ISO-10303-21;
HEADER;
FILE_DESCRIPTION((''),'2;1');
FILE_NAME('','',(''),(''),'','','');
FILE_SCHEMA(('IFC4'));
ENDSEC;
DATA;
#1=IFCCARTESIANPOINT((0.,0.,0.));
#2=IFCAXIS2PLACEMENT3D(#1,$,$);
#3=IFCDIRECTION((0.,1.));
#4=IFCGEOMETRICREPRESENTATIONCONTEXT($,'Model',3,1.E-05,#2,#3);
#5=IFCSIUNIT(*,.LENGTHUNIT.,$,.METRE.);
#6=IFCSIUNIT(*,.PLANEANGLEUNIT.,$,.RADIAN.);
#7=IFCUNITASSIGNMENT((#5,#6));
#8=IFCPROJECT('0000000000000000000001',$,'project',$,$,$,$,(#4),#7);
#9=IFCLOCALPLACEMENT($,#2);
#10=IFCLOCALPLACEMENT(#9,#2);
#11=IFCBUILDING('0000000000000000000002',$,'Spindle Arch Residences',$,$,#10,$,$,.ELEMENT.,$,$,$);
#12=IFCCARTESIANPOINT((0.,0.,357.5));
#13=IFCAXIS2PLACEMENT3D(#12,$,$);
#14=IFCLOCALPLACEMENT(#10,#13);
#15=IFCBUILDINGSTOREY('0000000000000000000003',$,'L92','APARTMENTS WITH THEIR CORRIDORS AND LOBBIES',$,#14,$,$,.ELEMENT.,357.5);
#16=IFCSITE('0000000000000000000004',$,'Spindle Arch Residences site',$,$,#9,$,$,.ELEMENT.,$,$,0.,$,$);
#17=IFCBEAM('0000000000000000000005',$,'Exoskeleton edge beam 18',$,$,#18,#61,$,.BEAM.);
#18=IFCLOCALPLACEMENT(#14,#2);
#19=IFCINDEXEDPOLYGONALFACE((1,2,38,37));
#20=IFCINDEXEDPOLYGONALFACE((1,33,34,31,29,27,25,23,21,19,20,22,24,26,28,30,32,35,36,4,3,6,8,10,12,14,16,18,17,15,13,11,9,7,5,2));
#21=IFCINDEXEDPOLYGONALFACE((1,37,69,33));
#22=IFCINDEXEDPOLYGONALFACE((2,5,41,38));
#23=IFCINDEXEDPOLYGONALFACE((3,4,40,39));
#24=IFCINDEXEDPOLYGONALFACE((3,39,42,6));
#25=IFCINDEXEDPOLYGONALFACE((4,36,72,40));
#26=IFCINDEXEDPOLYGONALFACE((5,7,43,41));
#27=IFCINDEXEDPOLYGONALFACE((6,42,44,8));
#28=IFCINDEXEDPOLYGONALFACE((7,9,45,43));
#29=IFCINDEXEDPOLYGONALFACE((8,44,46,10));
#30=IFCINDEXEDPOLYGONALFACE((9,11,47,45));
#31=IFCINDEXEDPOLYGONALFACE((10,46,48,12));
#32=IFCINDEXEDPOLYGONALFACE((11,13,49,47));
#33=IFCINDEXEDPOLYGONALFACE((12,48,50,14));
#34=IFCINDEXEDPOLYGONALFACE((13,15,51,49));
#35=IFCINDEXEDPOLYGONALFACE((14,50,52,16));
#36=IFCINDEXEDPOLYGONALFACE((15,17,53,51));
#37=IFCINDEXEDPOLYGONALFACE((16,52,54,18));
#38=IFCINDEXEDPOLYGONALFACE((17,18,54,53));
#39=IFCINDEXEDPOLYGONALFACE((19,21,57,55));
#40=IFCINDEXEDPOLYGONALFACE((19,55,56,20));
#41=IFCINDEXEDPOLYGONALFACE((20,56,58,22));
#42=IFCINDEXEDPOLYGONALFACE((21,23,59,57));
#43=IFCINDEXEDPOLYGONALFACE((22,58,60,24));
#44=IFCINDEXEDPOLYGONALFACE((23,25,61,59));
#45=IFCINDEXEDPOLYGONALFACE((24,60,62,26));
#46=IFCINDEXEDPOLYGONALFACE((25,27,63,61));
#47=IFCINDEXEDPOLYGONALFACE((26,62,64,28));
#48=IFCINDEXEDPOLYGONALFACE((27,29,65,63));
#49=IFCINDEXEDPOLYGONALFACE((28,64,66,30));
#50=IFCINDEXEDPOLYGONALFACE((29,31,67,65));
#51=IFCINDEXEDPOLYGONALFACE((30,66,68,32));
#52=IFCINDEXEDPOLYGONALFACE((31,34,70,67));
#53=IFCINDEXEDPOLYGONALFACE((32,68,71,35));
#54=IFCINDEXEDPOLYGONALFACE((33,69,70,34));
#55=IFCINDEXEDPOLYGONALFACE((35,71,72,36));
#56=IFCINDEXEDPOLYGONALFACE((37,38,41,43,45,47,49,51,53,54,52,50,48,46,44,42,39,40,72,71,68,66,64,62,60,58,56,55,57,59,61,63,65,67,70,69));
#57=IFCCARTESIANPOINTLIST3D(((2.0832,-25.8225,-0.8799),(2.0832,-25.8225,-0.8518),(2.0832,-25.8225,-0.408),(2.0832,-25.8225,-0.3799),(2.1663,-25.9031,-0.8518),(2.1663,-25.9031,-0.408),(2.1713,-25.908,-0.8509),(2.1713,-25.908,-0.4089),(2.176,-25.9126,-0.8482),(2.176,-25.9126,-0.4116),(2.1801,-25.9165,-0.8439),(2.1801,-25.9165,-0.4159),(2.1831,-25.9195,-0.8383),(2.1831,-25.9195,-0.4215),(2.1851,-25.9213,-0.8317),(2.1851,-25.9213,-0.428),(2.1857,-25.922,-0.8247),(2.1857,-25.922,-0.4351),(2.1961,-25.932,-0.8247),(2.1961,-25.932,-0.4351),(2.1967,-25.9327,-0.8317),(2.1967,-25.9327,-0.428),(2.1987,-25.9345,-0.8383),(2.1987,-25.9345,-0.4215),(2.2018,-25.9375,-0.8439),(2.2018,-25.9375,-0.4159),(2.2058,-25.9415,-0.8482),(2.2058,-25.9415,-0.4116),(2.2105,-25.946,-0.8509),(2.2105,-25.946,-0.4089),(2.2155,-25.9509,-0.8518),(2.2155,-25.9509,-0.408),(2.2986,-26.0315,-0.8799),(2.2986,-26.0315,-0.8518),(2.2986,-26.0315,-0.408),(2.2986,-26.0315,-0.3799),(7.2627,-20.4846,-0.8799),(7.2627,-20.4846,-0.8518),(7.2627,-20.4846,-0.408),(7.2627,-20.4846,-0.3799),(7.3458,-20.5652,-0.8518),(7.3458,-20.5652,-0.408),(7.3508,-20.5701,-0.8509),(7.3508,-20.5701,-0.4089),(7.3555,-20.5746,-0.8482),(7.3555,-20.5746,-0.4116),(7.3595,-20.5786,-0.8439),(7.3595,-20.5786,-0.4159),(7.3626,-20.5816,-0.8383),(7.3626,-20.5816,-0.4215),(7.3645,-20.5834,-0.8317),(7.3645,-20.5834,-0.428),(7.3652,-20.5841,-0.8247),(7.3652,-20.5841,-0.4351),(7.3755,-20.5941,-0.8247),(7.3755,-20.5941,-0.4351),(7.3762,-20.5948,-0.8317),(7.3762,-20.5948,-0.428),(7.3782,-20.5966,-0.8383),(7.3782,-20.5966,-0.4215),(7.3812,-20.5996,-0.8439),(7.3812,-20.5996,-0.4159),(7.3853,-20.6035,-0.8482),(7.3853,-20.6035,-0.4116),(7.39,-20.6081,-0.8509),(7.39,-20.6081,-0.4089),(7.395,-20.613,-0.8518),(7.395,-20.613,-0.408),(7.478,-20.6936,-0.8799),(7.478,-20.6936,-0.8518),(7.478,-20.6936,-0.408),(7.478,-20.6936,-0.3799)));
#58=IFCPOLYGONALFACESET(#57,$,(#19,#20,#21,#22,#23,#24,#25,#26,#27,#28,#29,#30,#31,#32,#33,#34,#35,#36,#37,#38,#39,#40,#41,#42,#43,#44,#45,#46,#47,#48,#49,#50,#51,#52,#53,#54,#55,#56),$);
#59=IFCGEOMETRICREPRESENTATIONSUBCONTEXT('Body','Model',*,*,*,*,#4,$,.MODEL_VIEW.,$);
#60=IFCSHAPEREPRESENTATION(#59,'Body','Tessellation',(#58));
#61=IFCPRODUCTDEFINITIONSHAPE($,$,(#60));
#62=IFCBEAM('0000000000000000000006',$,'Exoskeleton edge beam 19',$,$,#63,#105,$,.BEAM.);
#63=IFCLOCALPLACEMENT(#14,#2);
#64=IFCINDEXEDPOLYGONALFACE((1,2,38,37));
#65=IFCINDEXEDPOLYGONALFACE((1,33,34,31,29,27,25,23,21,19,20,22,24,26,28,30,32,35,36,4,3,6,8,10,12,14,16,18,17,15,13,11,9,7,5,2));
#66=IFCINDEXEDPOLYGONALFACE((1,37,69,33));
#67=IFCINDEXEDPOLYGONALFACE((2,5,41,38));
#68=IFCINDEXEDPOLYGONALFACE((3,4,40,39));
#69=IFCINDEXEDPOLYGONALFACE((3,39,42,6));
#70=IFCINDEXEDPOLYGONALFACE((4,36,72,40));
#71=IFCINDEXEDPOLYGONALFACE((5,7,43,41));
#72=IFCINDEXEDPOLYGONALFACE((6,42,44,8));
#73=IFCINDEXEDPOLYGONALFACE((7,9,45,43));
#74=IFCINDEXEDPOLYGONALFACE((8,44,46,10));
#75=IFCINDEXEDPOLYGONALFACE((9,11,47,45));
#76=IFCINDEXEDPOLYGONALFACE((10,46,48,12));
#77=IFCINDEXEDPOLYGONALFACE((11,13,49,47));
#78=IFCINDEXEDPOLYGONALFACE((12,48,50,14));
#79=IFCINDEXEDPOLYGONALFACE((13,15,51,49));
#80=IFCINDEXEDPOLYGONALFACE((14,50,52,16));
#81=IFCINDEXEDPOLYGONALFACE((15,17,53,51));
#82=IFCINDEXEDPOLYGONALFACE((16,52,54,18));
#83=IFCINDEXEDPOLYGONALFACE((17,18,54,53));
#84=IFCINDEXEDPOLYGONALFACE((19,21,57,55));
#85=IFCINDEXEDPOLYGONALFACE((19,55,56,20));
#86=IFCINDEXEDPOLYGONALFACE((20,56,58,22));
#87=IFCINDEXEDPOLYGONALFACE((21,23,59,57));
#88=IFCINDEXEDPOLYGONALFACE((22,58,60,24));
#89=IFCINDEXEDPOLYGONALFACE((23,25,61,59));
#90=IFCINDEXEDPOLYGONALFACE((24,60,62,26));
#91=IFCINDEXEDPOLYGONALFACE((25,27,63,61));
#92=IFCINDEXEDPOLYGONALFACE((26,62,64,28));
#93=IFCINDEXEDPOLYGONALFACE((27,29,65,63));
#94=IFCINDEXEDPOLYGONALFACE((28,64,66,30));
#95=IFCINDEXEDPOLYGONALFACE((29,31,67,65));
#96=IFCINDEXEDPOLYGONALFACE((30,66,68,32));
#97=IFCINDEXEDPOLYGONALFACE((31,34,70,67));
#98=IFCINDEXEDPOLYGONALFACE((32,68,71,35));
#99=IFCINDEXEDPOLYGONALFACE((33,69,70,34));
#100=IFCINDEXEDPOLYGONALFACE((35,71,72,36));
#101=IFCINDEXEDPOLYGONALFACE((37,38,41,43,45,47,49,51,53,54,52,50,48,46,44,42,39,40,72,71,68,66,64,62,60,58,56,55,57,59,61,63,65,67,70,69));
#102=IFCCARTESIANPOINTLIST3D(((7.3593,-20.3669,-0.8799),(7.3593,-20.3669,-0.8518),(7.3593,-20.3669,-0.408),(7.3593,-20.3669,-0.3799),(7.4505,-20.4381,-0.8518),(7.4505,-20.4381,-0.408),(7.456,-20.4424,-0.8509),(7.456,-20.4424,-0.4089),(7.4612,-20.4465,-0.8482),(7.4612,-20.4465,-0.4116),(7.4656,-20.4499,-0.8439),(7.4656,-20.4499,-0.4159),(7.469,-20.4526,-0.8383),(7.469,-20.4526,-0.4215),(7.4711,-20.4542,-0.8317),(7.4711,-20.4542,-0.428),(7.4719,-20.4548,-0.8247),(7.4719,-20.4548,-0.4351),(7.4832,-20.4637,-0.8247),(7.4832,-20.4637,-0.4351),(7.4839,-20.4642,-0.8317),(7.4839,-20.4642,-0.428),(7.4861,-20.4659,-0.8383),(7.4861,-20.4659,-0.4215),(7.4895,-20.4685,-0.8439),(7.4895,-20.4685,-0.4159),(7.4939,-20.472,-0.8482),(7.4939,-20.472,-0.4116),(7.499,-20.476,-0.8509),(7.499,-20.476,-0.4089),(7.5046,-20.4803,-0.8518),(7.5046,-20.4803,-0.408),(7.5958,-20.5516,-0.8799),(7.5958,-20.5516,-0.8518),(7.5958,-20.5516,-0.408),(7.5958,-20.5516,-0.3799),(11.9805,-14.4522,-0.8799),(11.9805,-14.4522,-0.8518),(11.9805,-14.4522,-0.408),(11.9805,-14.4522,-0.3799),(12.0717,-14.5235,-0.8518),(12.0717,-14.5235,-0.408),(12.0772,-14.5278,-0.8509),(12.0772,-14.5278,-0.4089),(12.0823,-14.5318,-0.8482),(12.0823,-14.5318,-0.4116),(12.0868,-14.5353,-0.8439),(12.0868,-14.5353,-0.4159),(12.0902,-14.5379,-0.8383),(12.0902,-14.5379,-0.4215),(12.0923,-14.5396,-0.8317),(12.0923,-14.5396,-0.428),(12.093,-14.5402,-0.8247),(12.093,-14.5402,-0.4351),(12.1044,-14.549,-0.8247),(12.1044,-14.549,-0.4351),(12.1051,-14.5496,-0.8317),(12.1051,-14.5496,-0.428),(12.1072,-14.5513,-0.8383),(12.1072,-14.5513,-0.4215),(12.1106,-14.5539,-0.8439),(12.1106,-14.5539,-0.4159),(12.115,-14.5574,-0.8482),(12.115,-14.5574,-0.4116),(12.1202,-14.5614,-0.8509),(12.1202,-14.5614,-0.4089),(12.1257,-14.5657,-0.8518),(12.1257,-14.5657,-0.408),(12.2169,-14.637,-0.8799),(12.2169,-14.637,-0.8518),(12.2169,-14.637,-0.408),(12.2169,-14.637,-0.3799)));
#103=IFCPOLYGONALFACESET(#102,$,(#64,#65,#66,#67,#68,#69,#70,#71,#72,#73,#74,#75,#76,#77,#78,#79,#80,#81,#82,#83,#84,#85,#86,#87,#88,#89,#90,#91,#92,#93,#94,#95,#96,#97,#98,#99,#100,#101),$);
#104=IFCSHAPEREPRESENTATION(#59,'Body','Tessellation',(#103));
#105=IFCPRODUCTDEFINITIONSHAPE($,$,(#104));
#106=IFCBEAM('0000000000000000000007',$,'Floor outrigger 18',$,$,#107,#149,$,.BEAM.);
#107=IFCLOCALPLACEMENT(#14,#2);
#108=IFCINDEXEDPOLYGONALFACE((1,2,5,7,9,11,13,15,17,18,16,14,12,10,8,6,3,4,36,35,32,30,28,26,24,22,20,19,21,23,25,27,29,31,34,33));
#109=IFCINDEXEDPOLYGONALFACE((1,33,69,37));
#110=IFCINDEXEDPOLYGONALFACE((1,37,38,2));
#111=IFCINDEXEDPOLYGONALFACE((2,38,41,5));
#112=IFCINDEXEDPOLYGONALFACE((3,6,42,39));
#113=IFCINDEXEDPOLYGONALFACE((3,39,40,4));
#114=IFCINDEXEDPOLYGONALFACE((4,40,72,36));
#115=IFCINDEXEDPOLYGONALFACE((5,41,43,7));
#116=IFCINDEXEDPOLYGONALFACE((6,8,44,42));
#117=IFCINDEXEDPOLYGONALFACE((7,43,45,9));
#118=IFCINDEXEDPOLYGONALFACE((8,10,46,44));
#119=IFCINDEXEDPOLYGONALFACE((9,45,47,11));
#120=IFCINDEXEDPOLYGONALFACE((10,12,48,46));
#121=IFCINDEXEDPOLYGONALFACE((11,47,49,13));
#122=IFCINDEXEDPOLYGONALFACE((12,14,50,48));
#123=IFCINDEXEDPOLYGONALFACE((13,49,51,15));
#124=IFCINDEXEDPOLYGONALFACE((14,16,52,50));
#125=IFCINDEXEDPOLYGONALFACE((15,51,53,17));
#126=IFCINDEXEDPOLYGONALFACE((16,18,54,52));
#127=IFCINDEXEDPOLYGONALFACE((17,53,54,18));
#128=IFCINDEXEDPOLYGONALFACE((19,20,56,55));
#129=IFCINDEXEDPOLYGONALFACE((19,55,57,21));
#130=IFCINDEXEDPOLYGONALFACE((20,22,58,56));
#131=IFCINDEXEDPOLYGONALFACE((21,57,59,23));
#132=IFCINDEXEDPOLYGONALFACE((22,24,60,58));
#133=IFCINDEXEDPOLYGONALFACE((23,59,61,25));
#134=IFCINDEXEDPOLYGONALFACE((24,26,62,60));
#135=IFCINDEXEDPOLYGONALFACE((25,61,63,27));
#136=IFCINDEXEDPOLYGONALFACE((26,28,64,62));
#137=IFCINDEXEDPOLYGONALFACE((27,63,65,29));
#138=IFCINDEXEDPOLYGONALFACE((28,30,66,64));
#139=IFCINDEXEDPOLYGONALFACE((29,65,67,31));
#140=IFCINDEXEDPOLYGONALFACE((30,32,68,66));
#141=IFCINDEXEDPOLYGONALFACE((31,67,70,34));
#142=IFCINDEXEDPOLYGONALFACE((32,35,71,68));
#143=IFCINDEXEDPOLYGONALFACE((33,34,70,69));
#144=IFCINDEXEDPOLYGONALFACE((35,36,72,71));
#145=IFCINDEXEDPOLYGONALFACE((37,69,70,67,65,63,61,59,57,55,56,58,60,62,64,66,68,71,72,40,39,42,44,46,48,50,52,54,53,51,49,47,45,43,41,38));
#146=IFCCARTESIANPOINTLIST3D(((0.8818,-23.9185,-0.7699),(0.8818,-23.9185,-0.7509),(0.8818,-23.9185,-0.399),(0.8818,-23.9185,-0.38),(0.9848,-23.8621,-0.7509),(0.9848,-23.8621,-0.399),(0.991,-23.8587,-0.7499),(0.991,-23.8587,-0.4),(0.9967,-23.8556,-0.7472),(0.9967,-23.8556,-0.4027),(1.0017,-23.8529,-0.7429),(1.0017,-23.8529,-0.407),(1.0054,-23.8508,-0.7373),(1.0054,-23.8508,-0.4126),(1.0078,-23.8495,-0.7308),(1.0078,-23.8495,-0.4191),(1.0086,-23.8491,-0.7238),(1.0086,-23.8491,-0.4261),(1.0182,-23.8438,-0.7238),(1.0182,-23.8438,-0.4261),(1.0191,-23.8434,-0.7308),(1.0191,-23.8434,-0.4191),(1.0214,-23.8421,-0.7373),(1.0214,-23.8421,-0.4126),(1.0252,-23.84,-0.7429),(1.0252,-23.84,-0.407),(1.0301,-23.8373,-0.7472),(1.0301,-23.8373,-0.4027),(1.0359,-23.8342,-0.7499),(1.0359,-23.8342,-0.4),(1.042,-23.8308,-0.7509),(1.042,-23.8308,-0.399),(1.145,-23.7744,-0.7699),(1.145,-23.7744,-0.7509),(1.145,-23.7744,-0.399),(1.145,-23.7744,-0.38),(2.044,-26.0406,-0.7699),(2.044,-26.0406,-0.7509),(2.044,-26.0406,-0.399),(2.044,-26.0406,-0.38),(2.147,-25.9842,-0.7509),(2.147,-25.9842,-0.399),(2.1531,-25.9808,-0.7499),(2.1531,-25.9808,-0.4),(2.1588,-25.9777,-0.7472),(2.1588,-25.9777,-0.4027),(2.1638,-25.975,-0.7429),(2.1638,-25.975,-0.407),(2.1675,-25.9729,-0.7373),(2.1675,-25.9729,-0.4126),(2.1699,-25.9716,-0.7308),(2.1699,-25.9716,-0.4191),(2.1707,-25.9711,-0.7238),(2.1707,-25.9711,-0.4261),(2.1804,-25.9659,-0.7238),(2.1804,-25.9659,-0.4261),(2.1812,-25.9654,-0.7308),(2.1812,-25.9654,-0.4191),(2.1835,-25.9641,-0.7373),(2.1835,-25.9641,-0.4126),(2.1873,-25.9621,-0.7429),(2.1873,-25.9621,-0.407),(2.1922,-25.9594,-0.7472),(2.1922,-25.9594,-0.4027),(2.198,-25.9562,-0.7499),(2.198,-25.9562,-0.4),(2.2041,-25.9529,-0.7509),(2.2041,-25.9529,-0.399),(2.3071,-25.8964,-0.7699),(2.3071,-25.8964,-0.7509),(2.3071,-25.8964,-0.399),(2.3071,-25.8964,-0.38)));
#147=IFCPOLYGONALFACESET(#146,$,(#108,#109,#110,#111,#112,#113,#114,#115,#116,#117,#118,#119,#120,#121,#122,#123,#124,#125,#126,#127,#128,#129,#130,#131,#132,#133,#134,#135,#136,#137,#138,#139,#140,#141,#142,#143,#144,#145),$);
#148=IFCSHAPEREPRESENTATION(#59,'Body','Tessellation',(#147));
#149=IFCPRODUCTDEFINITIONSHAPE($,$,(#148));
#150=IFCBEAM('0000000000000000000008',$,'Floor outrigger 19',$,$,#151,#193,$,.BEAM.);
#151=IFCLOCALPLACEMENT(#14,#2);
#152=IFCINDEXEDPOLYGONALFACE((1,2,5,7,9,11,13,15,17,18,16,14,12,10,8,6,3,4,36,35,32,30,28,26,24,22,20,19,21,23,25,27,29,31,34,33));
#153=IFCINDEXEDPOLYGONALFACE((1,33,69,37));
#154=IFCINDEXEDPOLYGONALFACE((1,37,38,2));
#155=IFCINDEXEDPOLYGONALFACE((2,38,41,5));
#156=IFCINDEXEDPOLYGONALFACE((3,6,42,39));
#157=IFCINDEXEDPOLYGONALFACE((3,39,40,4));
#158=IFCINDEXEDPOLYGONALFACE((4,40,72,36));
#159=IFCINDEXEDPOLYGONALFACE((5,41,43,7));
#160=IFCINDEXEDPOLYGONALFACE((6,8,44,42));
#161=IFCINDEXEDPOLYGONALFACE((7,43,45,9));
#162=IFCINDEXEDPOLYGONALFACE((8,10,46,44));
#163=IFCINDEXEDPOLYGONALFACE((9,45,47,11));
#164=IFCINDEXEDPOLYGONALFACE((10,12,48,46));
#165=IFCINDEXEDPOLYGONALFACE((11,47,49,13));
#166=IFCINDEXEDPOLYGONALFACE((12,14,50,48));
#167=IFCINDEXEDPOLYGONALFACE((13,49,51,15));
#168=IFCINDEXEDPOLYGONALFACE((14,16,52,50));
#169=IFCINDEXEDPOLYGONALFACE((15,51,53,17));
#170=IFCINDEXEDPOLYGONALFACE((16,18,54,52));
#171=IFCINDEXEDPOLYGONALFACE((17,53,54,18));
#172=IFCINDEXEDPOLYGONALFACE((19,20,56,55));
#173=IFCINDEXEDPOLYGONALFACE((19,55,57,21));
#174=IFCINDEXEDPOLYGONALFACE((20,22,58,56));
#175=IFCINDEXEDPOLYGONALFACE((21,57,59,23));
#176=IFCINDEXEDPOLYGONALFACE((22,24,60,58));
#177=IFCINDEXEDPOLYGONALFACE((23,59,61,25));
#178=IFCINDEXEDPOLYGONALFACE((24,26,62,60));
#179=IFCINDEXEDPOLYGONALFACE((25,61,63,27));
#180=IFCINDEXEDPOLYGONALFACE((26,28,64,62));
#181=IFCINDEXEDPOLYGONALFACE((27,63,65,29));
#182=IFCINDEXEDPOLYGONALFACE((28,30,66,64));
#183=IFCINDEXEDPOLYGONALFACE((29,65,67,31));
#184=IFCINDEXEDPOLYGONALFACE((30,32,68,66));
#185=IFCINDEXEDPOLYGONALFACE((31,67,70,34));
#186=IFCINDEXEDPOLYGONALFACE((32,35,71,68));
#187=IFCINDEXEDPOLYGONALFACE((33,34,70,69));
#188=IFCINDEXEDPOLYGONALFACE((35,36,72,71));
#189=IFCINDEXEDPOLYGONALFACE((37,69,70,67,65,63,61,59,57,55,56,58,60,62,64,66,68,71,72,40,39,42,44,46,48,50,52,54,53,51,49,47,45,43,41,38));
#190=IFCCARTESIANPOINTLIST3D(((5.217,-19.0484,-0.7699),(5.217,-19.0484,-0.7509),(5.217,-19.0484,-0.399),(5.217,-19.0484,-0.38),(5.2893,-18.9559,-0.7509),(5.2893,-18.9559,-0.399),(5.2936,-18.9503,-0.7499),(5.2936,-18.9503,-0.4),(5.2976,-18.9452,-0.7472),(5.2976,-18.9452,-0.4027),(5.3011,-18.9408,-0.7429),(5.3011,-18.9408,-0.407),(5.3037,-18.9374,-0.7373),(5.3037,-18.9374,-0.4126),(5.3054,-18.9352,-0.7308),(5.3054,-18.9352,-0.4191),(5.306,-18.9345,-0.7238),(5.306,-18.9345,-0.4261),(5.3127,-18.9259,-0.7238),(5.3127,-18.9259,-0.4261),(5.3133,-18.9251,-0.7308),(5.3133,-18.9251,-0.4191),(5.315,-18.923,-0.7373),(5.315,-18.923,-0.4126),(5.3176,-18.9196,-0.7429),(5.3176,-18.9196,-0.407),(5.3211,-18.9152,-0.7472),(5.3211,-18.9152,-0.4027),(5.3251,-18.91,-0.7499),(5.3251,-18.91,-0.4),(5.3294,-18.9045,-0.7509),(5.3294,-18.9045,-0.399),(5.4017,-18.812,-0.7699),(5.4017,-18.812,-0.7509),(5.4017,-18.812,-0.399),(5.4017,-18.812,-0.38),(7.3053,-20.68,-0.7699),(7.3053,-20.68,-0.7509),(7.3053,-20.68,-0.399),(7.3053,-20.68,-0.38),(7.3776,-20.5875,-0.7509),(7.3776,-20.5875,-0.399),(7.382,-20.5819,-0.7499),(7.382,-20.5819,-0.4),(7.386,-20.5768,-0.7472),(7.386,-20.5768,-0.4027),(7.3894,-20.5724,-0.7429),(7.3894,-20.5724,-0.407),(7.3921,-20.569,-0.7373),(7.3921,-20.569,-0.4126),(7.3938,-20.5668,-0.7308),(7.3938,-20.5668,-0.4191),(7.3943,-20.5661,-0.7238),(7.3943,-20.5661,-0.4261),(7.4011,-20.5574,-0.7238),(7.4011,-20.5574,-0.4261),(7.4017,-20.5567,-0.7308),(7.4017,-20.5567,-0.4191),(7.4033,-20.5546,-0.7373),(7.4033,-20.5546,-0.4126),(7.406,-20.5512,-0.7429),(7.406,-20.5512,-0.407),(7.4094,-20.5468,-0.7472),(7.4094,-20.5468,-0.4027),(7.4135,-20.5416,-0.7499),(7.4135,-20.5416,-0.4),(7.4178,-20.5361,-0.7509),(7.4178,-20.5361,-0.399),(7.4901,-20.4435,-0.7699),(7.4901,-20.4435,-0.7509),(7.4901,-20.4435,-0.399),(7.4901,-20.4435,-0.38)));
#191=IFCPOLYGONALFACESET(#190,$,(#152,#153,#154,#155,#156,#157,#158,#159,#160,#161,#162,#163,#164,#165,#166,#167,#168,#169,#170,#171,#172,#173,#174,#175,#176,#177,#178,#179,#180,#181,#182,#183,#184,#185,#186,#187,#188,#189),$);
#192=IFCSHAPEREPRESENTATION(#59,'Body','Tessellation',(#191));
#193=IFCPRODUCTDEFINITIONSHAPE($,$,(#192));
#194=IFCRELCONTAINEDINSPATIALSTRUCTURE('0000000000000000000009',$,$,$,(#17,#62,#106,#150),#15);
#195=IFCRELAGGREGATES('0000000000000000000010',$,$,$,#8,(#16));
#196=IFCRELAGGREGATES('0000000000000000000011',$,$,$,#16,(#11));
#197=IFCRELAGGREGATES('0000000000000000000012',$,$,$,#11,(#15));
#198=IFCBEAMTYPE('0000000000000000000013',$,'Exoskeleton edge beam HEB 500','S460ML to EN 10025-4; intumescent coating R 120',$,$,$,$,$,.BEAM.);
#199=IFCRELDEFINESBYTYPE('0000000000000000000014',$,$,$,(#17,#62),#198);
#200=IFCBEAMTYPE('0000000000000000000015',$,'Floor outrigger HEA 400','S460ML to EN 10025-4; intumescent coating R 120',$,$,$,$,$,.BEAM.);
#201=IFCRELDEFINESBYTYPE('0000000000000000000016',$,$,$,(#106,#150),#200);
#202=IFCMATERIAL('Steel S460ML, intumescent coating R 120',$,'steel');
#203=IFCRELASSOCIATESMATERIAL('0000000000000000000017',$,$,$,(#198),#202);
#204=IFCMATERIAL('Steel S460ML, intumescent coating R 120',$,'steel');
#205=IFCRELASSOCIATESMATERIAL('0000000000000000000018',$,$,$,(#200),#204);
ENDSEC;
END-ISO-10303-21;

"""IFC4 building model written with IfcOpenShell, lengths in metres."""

from ifc_helpers import new_model, si_unit, direction, frame, origin, origin_2d, place, context, subcontext, project, spatial, i_section, extrude, material, material_profile, profile_set, type_object, element, save


model = new_model("IFC4")

# Units and contexts
model_context = context("Model", 3, precision=1e-05, world=origin(), true_north=direction((0.0, 1.0)))
body_context = subcontext(model_context, "Body", "Model", "MODEL_VIEW")
ifc_project = project(units=[si_unit("LENGTHUNIT", "METRE"), si_unit("PLANEANGLEUNIT", "RADIAN")], contexts=[model_context])

# Site, building, storey
site_placement = place(None, origin())
site = spatial("IfcSite", under=ifc_project, at=site_placement, Name="Spindle Arch Residences site", CompositionType="ELEMENT", RefElevation=0.0)
building_placement = place(site_placement, origin())
building = spatial("IfcBuilding", under=site, at=building_placement, Name="Spindle Arch Residences", CompositionType="ELEMENT")
storey_placement = place(building_placement, frame((0.0, 0.0, 357.5)))
storey = spatial("IfcBuildingStorey", under=building, at=storey_placement, Name="L92", Description="APARTMENTS WITH THEIR CORRIDORS AND LOBBIES", CompositionType="ELEMENT", Elevation=357.5)

# Beams
ifc_material_1 = material(Name="Steel S460ML, intumescent coating R 120", Category="steel")
ifc_material_profile_1 = material_profile(ifc_material_1, i_section(OverallWidth=0.3, OverallDepth=0.5, WebThickness=0.0144, FlangeThickness=0.0281, FilletRadius=0.0271, at=origin_2d()), Name="HEB 500")
ifc_profile_set_1 = profile_set([ifc_material_profile_1], Name="Steel S460ML, intumescent coating R 120")
beam_type_1 = type_object("IfcBeamType", Name="Exoskeleton edge beam HEB 500", Description="S460ML to EN 10025-4; intumescent coating R 120", PredefinedType="BEAM", material=ifc_profile_set_1)
beam_1_placement = place(storey_placement, frame((2.1909, -25.927, -0.6299), z_axis=(0.696375, 0.717678, 0.0), x_axis=(-0.717678, 0.696375, 0.0)))
element("IfcBeam", 1, at=beam_1_placement, inside=storey, type_object=beam_type_1, Name="Exoskeleton edge beam 18", PredefinedType="BEAM", context=body_context, shape_type="SweptSolid", body=[
    extrude(i_section(OverallWidth=0.3, OverallDepth=0.5, WebThickness=0.0144, FlangeThickness=0.0281, FilletRadius=0.0271, at=origin_2d()), origin(), (0.0, 0.0, 1.0), 7.4377),
])
beam_2_placement = place(storey_placement, frame((7.4775, -20.4592, -0.6299), z_axis=(0.615673, 0.788002, 0.0), x_axis=(-0.788002, 0.615673, 0.0)))
element("IfcBeam", 2, at=beam_2_placement, inside=storey, type_object=beam_type_1, Name="Exoskeleton edge beam 19", PredefinedType="BEAM", context=body_context, shape_type="SweptSolid", body=[
    extrude(i_section(OverallWidth=0.3, OverallDepth=0.5, WebThickness=0.0144, FlangeThickness=0.0281, FilletRadius=0.0271, at=origin_2d()), origin(), (0.0, 0.0, 1.0), 7.5059),
])
ifc_material_2 = material(Name="Steel S460ML, intumescent coating R 120", Category="steel")
ifc_material_profile_2 = material_profile(ifc_material_2, i_section(OverallWidth=0.3, OverallDepth=0.3899, WebThickness=0.011, FlangeThickness=0.019, FilletRadius=0.0271, at=origin_2d()), Name="HEA 400")
ifc_profile_set_2 = profile_set([ifc_material_profile_2], Name="Steel S460ML, intumescent coating R 120")
beam_type_2 = type_object("IfcBeamType", Name="Floor outrigger HEA 400", Description="S460ML to EN 10025-4; intumescent coating R 120", PredefinedType="BEAM", material=ifc_profile_set_2)
beam_3_placement = place(storey_placement, frame((2.1755, -25.9685, -0.575), z_axis=(-0.480322, 0.877092, 0.0), x_axis=(-0.877092, -0.480322, 0.0)))
element("IfcBeam", 3, at=beam_3_placement, inside=storey, type_object=beam_type_2, Name="Floor outrigger 18", PredefinedType="BEAM", context=body_context, shape_type="SweptSolid", body=[
    extrude(i_section(OverallWidth=0.3, OverallDepth=0.3899, WebThickness=0.011, FlangeThickness=0.019, FilletRadius=0.0271, at=origin_2d()), origin(), (0.0, 0.0, 1.0), 2.4194),
])
beam_4_placement = place(storey_placement, frame((7.3977, -20.5618, -0.575), z_axis=(-0.788016, 0.615655, 0.0), x_axis=(-0.615655, -0.788016, 0.0)))
element("IfcBeam", 4, at=beam_4_placement, inside=storey, type_object=beam_type_2, Name="Floor outrigger 19", PredefinedType="BEAM", context=body_context, shape_type="SweptSolid", body=[
    extrude(i_section(OverallWidth=0.3, OverallDepth=0.3899, WebThickness=0.011, FlangeThickness=0.019, FilletRadius=0.0271, at=origin_2d()), origin(), (0.0, 0.0, 1.0), 2.6501),
])

save(model, "model.ifc")
